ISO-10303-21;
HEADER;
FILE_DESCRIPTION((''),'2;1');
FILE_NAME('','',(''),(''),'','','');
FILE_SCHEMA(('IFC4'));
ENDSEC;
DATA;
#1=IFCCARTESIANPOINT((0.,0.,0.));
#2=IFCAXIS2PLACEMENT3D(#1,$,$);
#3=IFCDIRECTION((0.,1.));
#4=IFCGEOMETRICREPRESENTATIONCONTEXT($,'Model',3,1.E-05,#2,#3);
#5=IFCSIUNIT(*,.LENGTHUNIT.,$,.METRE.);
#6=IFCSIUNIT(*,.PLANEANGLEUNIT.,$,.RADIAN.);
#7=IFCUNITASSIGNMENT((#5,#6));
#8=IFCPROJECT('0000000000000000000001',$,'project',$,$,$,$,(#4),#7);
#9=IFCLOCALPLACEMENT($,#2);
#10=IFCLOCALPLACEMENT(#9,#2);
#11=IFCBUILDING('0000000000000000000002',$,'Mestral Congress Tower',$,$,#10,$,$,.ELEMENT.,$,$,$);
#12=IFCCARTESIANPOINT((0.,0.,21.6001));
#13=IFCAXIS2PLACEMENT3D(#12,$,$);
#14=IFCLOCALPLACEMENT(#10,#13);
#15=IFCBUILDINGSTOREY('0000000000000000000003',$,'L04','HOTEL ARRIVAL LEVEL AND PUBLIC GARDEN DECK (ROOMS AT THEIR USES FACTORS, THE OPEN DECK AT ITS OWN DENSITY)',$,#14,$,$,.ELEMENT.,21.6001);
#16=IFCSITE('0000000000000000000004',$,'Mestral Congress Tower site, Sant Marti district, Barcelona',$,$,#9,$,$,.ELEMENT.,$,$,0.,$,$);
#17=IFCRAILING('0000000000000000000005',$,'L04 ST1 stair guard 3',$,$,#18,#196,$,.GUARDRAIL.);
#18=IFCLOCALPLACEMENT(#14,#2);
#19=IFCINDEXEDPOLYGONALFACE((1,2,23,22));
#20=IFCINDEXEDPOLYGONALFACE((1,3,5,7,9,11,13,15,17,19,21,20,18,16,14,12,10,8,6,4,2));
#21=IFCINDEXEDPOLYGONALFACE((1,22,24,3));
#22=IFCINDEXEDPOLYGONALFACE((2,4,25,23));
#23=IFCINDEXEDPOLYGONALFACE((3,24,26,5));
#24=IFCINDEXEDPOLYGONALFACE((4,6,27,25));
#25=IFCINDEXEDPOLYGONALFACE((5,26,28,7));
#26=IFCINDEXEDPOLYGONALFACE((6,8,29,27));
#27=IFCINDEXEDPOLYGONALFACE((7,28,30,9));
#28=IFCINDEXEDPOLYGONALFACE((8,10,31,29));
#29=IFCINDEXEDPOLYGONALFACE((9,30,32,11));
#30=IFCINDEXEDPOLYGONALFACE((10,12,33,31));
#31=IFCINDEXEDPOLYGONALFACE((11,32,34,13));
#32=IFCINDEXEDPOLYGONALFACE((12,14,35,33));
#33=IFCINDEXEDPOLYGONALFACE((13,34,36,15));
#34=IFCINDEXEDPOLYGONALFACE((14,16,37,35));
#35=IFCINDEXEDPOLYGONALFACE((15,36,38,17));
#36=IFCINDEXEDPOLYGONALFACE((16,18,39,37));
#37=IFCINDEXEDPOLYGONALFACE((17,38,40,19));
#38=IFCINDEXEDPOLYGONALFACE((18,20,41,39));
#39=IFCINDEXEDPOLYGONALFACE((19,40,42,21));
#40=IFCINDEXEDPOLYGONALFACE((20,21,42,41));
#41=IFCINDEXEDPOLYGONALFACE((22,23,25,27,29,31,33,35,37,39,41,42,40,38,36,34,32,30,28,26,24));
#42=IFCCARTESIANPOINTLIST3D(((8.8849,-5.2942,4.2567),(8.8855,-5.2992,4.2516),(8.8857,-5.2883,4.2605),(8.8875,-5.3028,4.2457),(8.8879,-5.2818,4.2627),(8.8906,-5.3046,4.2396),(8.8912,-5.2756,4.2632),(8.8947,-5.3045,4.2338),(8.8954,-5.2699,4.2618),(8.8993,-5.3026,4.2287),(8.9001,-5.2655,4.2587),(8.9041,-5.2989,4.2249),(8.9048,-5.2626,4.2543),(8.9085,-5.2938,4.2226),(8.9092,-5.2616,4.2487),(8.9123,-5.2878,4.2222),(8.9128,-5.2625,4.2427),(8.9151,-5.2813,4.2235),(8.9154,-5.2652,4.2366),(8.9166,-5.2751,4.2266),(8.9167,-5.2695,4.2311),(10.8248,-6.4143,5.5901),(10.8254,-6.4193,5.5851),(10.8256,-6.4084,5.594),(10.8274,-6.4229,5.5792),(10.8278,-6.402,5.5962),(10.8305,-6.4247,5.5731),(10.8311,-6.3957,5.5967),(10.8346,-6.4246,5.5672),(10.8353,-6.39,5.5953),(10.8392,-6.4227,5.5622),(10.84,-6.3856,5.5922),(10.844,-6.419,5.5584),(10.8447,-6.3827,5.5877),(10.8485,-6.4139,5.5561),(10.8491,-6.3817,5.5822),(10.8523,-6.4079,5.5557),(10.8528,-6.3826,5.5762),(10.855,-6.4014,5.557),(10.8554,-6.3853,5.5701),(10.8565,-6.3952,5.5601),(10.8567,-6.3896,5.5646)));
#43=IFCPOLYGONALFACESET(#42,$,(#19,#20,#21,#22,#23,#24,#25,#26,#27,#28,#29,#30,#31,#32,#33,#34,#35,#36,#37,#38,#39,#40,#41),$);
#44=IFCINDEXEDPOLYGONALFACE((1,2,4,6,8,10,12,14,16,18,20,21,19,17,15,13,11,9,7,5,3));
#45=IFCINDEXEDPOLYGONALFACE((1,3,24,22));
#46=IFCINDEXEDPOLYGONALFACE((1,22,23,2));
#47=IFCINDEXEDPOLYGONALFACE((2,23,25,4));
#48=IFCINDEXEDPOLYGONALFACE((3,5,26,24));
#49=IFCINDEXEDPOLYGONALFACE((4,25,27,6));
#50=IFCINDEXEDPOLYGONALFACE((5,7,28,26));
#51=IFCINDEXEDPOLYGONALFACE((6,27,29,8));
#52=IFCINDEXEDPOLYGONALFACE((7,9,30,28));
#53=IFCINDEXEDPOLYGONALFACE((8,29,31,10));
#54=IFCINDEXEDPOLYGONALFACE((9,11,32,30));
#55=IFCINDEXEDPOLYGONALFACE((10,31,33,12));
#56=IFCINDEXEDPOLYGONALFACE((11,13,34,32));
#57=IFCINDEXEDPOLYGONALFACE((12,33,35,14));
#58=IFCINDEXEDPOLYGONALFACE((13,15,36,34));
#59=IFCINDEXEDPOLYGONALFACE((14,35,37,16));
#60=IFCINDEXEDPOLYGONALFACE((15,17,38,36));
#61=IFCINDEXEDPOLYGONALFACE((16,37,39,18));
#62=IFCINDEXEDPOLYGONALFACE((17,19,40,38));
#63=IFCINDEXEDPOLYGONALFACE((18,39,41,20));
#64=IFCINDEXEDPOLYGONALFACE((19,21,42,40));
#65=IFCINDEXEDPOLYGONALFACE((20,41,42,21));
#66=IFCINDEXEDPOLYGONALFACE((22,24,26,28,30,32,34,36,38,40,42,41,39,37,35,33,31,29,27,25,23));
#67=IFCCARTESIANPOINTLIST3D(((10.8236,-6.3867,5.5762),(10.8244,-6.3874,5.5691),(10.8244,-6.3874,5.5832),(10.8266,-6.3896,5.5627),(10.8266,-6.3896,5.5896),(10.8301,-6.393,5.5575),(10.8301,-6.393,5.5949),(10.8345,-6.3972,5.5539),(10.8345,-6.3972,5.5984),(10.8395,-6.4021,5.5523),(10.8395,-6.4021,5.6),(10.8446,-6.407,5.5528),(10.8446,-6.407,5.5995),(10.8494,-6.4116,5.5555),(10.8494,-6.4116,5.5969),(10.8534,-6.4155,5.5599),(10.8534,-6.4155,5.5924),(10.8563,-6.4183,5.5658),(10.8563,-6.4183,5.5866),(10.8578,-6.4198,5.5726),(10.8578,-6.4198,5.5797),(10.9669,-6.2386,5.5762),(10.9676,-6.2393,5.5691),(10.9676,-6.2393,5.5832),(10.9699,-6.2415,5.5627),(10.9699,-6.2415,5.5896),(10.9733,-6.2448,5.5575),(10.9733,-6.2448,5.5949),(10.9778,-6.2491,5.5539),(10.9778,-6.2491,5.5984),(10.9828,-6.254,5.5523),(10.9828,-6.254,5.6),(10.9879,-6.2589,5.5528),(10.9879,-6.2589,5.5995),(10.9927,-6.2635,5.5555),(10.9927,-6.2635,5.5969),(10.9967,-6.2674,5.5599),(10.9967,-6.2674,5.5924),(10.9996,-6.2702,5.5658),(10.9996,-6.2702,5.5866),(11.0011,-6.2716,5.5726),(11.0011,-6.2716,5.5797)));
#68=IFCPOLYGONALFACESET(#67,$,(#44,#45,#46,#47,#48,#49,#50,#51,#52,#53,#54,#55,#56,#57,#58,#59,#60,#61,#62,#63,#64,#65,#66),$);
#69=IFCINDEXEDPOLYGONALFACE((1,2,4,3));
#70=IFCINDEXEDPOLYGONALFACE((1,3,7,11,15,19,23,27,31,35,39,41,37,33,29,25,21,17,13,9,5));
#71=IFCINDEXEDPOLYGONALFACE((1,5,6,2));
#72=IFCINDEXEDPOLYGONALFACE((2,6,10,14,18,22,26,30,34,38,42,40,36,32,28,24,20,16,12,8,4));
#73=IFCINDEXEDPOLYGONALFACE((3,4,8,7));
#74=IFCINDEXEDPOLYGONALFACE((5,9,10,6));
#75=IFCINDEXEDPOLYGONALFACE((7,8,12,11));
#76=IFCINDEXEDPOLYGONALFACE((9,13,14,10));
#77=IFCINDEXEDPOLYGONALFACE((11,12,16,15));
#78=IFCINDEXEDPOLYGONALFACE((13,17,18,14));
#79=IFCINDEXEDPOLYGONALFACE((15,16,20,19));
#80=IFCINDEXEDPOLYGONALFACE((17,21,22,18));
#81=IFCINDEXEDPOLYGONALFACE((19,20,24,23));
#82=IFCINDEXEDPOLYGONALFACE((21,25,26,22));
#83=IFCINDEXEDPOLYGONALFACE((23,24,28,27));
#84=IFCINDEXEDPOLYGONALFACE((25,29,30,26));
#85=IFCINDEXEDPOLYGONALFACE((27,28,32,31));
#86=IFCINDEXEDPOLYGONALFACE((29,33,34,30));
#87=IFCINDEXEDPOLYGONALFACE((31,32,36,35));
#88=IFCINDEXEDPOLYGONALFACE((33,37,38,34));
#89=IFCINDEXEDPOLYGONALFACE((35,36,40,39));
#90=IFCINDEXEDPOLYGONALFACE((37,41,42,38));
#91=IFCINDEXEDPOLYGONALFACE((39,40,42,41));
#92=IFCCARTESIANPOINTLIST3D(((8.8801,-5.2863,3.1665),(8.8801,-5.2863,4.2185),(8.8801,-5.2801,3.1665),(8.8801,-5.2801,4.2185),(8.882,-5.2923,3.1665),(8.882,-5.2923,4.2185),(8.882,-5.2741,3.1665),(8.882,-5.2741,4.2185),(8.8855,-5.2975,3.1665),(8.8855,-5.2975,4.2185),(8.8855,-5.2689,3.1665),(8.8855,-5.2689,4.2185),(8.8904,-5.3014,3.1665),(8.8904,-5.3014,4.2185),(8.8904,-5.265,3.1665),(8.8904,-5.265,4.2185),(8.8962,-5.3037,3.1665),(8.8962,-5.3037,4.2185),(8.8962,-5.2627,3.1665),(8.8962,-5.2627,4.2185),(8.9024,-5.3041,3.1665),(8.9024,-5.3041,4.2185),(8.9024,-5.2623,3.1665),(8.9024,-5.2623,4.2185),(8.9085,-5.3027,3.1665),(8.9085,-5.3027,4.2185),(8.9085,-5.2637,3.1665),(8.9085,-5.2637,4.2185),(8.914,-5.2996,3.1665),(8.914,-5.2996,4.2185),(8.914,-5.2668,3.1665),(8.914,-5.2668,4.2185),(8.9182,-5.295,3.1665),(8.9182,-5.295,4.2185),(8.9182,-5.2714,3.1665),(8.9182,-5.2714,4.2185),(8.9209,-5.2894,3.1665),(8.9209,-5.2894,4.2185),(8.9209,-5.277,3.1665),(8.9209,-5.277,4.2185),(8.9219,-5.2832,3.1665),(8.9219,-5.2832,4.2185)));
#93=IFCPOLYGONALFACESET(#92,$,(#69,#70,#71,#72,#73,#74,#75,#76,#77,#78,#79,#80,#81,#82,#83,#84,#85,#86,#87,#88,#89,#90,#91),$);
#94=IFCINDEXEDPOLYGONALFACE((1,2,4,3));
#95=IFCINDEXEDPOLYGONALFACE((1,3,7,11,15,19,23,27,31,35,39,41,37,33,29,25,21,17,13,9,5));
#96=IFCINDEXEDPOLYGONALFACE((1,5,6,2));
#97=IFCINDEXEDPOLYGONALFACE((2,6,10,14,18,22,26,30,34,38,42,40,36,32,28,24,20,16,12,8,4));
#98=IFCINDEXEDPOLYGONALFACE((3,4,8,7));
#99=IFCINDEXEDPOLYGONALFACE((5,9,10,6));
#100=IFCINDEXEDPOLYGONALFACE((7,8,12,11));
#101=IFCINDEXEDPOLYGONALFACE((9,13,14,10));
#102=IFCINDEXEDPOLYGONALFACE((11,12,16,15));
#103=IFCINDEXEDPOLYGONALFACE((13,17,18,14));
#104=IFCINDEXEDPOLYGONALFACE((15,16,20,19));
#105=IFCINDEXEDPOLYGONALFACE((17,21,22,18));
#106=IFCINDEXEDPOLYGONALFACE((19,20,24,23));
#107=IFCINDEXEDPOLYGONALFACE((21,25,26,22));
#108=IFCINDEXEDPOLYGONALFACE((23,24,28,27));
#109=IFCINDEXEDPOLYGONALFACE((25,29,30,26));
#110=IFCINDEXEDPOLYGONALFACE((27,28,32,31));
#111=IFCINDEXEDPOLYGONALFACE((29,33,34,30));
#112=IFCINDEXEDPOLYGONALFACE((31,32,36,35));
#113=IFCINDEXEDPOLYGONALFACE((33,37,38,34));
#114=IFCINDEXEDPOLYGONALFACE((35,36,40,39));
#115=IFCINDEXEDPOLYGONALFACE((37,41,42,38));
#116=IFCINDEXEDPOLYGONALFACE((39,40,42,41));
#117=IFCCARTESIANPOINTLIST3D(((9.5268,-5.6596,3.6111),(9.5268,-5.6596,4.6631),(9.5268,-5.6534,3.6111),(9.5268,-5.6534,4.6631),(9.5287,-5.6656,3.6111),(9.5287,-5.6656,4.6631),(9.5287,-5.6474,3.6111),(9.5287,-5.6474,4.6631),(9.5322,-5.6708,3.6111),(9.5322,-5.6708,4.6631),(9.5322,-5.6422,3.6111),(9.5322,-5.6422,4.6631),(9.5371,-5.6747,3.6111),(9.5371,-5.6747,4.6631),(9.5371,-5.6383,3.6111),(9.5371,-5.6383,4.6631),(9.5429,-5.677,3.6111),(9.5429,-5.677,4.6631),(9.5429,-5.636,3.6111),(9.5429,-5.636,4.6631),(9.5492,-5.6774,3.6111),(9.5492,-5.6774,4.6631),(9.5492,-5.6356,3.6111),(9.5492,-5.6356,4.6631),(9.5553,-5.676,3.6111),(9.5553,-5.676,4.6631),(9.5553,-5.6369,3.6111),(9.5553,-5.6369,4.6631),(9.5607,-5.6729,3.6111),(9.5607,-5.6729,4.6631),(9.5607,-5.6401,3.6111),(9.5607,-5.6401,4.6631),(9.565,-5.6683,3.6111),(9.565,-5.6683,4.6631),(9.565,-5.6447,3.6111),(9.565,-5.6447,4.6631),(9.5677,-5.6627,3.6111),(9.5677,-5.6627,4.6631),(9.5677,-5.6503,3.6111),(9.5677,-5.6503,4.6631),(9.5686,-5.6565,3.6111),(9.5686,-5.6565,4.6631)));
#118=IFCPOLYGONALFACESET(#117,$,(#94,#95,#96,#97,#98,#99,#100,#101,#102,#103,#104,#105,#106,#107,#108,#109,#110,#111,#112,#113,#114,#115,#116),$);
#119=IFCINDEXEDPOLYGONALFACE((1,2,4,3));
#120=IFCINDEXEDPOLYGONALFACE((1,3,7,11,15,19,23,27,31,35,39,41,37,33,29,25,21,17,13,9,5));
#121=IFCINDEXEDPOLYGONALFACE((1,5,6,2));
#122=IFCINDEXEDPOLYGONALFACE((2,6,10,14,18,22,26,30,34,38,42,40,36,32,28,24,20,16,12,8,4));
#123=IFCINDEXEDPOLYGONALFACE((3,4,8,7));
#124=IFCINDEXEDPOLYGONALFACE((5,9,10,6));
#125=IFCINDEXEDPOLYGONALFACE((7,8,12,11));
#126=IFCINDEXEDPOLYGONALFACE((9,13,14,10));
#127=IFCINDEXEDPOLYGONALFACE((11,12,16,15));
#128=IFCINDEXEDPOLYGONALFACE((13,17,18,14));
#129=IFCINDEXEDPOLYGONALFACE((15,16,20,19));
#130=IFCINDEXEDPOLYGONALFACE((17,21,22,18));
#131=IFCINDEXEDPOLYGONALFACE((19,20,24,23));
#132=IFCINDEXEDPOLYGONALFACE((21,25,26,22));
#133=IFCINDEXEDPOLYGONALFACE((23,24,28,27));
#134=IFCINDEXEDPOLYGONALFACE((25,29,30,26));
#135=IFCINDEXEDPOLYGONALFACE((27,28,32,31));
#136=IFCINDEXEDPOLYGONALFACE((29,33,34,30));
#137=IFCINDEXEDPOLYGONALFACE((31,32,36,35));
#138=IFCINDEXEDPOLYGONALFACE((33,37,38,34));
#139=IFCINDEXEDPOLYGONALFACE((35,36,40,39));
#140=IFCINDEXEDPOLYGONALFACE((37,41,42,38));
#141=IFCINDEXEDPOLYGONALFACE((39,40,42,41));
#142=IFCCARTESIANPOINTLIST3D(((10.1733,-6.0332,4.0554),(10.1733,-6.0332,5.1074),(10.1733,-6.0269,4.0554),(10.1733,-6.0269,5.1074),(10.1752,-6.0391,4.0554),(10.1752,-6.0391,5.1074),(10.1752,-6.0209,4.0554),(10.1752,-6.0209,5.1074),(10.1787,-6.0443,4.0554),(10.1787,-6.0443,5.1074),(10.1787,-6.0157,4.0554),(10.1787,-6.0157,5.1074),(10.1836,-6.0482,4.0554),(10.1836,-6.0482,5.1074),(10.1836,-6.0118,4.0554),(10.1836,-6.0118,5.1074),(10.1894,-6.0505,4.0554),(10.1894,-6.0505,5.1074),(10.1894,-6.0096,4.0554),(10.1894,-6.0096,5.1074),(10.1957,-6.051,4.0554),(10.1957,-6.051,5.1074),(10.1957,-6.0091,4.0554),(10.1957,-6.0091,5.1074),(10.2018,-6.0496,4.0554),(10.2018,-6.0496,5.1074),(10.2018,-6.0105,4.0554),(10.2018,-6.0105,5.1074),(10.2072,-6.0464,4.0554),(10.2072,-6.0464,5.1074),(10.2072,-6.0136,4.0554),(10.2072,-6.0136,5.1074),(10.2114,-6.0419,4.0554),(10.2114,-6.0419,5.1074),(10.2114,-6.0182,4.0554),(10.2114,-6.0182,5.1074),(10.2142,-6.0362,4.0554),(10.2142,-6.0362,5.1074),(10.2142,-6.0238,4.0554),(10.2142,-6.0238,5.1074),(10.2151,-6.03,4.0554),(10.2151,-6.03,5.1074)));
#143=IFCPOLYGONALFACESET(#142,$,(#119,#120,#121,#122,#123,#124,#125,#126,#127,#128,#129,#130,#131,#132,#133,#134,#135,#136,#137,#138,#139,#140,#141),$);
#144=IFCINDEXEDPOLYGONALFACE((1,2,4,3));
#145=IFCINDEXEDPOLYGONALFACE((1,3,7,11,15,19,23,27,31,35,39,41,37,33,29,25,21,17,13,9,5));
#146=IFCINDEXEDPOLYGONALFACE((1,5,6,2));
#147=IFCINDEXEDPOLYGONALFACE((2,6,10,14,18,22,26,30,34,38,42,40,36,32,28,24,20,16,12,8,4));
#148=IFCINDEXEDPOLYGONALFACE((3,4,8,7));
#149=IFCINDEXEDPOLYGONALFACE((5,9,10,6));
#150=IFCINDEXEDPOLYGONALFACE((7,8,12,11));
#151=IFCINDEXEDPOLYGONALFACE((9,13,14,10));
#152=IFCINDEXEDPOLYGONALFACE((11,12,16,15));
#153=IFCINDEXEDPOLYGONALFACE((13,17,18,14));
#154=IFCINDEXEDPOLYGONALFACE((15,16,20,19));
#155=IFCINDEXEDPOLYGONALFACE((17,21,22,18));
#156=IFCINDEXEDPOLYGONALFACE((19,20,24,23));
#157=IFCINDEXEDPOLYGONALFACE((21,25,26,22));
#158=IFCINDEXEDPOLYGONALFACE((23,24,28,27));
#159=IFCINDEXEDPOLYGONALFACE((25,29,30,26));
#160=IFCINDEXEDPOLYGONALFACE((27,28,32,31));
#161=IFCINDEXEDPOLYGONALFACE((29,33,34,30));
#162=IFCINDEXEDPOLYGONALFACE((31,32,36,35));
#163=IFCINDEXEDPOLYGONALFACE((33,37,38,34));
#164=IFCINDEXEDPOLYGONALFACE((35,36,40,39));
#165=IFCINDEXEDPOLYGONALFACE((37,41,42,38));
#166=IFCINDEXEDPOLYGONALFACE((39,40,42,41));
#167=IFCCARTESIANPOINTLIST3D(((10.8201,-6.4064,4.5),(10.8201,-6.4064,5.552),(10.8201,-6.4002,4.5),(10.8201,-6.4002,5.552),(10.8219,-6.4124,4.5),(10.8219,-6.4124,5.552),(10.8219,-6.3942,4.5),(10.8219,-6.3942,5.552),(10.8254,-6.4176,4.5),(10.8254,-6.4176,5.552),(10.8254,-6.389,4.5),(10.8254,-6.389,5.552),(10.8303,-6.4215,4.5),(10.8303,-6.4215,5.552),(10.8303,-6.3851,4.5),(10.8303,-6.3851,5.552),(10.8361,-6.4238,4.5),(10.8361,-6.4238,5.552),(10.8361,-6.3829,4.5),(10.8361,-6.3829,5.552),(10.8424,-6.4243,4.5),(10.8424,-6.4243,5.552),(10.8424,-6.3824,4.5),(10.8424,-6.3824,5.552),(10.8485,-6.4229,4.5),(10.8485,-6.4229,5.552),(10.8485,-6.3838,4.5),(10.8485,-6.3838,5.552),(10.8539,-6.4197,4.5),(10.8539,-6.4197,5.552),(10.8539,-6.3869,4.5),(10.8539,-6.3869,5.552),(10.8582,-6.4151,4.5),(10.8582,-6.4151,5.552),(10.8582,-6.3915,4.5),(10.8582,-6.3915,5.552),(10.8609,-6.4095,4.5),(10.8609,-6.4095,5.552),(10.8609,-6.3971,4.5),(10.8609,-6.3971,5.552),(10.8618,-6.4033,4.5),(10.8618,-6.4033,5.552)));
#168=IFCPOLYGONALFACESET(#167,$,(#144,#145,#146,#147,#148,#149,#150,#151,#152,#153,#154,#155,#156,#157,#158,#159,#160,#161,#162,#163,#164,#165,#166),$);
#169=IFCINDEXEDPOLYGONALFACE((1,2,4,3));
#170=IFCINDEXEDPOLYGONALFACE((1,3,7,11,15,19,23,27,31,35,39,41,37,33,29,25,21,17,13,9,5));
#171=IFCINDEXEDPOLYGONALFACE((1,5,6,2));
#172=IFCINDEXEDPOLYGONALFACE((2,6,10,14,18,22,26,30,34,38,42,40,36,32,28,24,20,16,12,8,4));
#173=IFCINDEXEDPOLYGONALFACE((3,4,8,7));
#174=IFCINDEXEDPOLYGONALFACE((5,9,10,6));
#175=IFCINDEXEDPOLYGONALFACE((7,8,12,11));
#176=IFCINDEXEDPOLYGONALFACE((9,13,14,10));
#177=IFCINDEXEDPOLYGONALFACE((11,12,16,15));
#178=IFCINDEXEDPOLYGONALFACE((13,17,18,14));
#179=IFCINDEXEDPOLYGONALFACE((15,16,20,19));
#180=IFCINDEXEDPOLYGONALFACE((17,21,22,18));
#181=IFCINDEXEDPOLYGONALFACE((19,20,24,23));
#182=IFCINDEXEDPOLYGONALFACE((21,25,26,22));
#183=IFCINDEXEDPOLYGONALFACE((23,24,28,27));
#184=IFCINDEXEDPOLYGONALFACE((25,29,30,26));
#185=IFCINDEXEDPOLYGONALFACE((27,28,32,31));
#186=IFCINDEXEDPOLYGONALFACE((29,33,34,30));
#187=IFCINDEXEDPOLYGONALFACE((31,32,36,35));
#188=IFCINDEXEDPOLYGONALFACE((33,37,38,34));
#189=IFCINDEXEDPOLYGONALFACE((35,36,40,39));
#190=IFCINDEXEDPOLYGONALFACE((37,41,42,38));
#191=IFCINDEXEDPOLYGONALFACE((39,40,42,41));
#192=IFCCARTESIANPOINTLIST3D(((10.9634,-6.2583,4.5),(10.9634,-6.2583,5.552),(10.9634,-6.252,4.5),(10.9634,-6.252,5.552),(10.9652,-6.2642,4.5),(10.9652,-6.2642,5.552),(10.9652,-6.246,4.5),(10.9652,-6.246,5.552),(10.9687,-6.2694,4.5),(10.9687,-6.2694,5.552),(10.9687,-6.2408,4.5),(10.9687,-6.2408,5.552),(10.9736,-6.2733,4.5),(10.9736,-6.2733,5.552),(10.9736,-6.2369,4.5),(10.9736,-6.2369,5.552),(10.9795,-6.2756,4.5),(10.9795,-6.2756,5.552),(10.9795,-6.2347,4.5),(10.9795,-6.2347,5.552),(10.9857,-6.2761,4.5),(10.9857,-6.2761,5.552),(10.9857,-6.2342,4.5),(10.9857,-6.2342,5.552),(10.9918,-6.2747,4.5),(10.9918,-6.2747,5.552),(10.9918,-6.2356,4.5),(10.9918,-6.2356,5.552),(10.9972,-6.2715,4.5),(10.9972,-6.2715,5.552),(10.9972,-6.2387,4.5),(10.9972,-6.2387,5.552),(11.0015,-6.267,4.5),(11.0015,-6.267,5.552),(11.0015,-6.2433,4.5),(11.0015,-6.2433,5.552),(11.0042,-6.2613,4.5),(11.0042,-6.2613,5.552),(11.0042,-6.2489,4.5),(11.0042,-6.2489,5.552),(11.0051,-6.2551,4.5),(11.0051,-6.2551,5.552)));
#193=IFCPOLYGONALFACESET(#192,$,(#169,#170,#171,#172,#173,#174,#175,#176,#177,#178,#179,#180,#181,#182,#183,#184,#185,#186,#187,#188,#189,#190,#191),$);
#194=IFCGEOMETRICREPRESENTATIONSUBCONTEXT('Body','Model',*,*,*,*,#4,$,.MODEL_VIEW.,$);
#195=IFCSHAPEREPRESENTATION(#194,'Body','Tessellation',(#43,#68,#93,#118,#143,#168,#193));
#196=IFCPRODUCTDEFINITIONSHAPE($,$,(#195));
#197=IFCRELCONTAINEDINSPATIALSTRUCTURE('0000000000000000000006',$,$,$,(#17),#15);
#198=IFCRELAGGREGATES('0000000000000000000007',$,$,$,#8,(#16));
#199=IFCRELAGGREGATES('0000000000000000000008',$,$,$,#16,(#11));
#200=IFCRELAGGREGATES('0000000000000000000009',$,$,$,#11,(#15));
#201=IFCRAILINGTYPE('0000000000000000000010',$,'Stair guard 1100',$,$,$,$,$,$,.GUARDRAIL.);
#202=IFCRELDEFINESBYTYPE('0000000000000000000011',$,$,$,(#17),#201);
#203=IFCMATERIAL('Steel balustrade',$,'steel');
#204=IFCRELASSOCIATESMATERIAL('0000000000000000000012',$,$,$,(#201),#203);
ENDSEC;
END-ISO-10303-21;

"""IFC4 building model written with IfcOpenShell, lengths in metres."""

from ifc_helpers import new_model, si_unit, direction, frame, origin, origin_2d, place, context, subcontext, project, spatial, circle, extrude, material, type_object, element, save


model = new_model("IFC4")

# Units and contexts
model_context = context("Model", 3, precision=1e-05, world=origin(), true_north=direction((0.0, 1.0)))
body_context = subcontext(model_context, "Body", "Model", "MODEL_VIEW")
ifc_project = project(units=[si_unit("LENGTHUNIT", "METRE"), si_unit("PLANEANGLEUNIT", "RADIAN")], contexts=[model_context])

# Site, building, storey
site_placement = place(None, origin())
site = spatial("IfcSite", under=ifc_project, at=site_placement, Name="Mestral Congress Tower site, Sant Marti district, Barcelona", CompositionType="ELEMENT", RefElevation=0.0)
building_placement = place(site_placement, origin())
building = spatial("IfcBuilding", under=site, at=building_placement, Name="Mestral Congress Tower", CompositionType="ELEMENT")
storey_placement = place(building_placement, frame((0.0, 0.0, 21.6001)))
storey = spatial("IfcBuildingStorey", under=building, at=storey_placement, Name="L04", Description="HOTEL ARRIVAL LEVEL AND PUBLIC GARDEN DECK (ROOMS AT THEIR USES FACTORS, THE OPEN DECK AT ITS OWN DENSITY)", CompositionType="ELEMENT", Elevation=21.6001)

# Railing
ifc_material_1 = material(Name="Steel balustrade", Category="steel")
railing_type_1 = type_object("IfcRailingType", Name="Stair guard 1100", PredefinedType="GUARDRAIL", material=ifc_material_1)
for number, where, name in (
    (1, (8.9009, -5.2832, 3.1665), "L04 ST1 stair guard 3"),
):
    element("IfcRailing", number, at=place(storey_placement, frame(where)), inside=storey, type_object=railing_type_1, Name=name, PredefinedType="GUARDRAIL", context=body_context, shape_type="SweptSolid", body=[
        extrude(circle(Radius=0.0239, at=origin_2d()), frame((0.0, 0.0, 1.0762), z_axis=(0.744139, -0.429664, 0.511514), x_axis=(0.500031, 0.866008, 0.0)), (0.0, 0.0, 1.0), 2.6069),
        extrude(circle(Radius=0.0239, at=origin_2d()), frame((1.9399, -1.1201, 2.4097), z_axis=(0.695165, 0.71885, 0.0), x_axis=(-0.71885, 0.695165, 0.0)), (0.0, 0.0, 1.0), 0.2061),
        extrude(circle(Radius=0.021, at=origin_2d()), origin(), (0.0, 0.0, 1.0), 1.052),
        extrude(circle(Radius=0.021, at=origin_2d()), frame((0.6467, -0.3733, 0.4446)), (0.0, 0.0, 1.0), 1.052),
        extrude(circle(Radius=0.021, at=origin_2d()), frame((1.2932, -0.7468, 0.8889)), (0.0, 0.0, 1.0), 1.052),
        extrude(circle(Radius=0.021, at=origin_2d()), frame((1.9399, -1.1201, 1.3335)), (0.0, 0.0, 1.0), 1.052),
        extrude(circle(Radius=0.021, at=origin_2d()), frame((2.0833, -0.9719, 1.3335)), (0.0, 0.0, 1.0), 1.052),
    ])

save(model, "model.ifc")
